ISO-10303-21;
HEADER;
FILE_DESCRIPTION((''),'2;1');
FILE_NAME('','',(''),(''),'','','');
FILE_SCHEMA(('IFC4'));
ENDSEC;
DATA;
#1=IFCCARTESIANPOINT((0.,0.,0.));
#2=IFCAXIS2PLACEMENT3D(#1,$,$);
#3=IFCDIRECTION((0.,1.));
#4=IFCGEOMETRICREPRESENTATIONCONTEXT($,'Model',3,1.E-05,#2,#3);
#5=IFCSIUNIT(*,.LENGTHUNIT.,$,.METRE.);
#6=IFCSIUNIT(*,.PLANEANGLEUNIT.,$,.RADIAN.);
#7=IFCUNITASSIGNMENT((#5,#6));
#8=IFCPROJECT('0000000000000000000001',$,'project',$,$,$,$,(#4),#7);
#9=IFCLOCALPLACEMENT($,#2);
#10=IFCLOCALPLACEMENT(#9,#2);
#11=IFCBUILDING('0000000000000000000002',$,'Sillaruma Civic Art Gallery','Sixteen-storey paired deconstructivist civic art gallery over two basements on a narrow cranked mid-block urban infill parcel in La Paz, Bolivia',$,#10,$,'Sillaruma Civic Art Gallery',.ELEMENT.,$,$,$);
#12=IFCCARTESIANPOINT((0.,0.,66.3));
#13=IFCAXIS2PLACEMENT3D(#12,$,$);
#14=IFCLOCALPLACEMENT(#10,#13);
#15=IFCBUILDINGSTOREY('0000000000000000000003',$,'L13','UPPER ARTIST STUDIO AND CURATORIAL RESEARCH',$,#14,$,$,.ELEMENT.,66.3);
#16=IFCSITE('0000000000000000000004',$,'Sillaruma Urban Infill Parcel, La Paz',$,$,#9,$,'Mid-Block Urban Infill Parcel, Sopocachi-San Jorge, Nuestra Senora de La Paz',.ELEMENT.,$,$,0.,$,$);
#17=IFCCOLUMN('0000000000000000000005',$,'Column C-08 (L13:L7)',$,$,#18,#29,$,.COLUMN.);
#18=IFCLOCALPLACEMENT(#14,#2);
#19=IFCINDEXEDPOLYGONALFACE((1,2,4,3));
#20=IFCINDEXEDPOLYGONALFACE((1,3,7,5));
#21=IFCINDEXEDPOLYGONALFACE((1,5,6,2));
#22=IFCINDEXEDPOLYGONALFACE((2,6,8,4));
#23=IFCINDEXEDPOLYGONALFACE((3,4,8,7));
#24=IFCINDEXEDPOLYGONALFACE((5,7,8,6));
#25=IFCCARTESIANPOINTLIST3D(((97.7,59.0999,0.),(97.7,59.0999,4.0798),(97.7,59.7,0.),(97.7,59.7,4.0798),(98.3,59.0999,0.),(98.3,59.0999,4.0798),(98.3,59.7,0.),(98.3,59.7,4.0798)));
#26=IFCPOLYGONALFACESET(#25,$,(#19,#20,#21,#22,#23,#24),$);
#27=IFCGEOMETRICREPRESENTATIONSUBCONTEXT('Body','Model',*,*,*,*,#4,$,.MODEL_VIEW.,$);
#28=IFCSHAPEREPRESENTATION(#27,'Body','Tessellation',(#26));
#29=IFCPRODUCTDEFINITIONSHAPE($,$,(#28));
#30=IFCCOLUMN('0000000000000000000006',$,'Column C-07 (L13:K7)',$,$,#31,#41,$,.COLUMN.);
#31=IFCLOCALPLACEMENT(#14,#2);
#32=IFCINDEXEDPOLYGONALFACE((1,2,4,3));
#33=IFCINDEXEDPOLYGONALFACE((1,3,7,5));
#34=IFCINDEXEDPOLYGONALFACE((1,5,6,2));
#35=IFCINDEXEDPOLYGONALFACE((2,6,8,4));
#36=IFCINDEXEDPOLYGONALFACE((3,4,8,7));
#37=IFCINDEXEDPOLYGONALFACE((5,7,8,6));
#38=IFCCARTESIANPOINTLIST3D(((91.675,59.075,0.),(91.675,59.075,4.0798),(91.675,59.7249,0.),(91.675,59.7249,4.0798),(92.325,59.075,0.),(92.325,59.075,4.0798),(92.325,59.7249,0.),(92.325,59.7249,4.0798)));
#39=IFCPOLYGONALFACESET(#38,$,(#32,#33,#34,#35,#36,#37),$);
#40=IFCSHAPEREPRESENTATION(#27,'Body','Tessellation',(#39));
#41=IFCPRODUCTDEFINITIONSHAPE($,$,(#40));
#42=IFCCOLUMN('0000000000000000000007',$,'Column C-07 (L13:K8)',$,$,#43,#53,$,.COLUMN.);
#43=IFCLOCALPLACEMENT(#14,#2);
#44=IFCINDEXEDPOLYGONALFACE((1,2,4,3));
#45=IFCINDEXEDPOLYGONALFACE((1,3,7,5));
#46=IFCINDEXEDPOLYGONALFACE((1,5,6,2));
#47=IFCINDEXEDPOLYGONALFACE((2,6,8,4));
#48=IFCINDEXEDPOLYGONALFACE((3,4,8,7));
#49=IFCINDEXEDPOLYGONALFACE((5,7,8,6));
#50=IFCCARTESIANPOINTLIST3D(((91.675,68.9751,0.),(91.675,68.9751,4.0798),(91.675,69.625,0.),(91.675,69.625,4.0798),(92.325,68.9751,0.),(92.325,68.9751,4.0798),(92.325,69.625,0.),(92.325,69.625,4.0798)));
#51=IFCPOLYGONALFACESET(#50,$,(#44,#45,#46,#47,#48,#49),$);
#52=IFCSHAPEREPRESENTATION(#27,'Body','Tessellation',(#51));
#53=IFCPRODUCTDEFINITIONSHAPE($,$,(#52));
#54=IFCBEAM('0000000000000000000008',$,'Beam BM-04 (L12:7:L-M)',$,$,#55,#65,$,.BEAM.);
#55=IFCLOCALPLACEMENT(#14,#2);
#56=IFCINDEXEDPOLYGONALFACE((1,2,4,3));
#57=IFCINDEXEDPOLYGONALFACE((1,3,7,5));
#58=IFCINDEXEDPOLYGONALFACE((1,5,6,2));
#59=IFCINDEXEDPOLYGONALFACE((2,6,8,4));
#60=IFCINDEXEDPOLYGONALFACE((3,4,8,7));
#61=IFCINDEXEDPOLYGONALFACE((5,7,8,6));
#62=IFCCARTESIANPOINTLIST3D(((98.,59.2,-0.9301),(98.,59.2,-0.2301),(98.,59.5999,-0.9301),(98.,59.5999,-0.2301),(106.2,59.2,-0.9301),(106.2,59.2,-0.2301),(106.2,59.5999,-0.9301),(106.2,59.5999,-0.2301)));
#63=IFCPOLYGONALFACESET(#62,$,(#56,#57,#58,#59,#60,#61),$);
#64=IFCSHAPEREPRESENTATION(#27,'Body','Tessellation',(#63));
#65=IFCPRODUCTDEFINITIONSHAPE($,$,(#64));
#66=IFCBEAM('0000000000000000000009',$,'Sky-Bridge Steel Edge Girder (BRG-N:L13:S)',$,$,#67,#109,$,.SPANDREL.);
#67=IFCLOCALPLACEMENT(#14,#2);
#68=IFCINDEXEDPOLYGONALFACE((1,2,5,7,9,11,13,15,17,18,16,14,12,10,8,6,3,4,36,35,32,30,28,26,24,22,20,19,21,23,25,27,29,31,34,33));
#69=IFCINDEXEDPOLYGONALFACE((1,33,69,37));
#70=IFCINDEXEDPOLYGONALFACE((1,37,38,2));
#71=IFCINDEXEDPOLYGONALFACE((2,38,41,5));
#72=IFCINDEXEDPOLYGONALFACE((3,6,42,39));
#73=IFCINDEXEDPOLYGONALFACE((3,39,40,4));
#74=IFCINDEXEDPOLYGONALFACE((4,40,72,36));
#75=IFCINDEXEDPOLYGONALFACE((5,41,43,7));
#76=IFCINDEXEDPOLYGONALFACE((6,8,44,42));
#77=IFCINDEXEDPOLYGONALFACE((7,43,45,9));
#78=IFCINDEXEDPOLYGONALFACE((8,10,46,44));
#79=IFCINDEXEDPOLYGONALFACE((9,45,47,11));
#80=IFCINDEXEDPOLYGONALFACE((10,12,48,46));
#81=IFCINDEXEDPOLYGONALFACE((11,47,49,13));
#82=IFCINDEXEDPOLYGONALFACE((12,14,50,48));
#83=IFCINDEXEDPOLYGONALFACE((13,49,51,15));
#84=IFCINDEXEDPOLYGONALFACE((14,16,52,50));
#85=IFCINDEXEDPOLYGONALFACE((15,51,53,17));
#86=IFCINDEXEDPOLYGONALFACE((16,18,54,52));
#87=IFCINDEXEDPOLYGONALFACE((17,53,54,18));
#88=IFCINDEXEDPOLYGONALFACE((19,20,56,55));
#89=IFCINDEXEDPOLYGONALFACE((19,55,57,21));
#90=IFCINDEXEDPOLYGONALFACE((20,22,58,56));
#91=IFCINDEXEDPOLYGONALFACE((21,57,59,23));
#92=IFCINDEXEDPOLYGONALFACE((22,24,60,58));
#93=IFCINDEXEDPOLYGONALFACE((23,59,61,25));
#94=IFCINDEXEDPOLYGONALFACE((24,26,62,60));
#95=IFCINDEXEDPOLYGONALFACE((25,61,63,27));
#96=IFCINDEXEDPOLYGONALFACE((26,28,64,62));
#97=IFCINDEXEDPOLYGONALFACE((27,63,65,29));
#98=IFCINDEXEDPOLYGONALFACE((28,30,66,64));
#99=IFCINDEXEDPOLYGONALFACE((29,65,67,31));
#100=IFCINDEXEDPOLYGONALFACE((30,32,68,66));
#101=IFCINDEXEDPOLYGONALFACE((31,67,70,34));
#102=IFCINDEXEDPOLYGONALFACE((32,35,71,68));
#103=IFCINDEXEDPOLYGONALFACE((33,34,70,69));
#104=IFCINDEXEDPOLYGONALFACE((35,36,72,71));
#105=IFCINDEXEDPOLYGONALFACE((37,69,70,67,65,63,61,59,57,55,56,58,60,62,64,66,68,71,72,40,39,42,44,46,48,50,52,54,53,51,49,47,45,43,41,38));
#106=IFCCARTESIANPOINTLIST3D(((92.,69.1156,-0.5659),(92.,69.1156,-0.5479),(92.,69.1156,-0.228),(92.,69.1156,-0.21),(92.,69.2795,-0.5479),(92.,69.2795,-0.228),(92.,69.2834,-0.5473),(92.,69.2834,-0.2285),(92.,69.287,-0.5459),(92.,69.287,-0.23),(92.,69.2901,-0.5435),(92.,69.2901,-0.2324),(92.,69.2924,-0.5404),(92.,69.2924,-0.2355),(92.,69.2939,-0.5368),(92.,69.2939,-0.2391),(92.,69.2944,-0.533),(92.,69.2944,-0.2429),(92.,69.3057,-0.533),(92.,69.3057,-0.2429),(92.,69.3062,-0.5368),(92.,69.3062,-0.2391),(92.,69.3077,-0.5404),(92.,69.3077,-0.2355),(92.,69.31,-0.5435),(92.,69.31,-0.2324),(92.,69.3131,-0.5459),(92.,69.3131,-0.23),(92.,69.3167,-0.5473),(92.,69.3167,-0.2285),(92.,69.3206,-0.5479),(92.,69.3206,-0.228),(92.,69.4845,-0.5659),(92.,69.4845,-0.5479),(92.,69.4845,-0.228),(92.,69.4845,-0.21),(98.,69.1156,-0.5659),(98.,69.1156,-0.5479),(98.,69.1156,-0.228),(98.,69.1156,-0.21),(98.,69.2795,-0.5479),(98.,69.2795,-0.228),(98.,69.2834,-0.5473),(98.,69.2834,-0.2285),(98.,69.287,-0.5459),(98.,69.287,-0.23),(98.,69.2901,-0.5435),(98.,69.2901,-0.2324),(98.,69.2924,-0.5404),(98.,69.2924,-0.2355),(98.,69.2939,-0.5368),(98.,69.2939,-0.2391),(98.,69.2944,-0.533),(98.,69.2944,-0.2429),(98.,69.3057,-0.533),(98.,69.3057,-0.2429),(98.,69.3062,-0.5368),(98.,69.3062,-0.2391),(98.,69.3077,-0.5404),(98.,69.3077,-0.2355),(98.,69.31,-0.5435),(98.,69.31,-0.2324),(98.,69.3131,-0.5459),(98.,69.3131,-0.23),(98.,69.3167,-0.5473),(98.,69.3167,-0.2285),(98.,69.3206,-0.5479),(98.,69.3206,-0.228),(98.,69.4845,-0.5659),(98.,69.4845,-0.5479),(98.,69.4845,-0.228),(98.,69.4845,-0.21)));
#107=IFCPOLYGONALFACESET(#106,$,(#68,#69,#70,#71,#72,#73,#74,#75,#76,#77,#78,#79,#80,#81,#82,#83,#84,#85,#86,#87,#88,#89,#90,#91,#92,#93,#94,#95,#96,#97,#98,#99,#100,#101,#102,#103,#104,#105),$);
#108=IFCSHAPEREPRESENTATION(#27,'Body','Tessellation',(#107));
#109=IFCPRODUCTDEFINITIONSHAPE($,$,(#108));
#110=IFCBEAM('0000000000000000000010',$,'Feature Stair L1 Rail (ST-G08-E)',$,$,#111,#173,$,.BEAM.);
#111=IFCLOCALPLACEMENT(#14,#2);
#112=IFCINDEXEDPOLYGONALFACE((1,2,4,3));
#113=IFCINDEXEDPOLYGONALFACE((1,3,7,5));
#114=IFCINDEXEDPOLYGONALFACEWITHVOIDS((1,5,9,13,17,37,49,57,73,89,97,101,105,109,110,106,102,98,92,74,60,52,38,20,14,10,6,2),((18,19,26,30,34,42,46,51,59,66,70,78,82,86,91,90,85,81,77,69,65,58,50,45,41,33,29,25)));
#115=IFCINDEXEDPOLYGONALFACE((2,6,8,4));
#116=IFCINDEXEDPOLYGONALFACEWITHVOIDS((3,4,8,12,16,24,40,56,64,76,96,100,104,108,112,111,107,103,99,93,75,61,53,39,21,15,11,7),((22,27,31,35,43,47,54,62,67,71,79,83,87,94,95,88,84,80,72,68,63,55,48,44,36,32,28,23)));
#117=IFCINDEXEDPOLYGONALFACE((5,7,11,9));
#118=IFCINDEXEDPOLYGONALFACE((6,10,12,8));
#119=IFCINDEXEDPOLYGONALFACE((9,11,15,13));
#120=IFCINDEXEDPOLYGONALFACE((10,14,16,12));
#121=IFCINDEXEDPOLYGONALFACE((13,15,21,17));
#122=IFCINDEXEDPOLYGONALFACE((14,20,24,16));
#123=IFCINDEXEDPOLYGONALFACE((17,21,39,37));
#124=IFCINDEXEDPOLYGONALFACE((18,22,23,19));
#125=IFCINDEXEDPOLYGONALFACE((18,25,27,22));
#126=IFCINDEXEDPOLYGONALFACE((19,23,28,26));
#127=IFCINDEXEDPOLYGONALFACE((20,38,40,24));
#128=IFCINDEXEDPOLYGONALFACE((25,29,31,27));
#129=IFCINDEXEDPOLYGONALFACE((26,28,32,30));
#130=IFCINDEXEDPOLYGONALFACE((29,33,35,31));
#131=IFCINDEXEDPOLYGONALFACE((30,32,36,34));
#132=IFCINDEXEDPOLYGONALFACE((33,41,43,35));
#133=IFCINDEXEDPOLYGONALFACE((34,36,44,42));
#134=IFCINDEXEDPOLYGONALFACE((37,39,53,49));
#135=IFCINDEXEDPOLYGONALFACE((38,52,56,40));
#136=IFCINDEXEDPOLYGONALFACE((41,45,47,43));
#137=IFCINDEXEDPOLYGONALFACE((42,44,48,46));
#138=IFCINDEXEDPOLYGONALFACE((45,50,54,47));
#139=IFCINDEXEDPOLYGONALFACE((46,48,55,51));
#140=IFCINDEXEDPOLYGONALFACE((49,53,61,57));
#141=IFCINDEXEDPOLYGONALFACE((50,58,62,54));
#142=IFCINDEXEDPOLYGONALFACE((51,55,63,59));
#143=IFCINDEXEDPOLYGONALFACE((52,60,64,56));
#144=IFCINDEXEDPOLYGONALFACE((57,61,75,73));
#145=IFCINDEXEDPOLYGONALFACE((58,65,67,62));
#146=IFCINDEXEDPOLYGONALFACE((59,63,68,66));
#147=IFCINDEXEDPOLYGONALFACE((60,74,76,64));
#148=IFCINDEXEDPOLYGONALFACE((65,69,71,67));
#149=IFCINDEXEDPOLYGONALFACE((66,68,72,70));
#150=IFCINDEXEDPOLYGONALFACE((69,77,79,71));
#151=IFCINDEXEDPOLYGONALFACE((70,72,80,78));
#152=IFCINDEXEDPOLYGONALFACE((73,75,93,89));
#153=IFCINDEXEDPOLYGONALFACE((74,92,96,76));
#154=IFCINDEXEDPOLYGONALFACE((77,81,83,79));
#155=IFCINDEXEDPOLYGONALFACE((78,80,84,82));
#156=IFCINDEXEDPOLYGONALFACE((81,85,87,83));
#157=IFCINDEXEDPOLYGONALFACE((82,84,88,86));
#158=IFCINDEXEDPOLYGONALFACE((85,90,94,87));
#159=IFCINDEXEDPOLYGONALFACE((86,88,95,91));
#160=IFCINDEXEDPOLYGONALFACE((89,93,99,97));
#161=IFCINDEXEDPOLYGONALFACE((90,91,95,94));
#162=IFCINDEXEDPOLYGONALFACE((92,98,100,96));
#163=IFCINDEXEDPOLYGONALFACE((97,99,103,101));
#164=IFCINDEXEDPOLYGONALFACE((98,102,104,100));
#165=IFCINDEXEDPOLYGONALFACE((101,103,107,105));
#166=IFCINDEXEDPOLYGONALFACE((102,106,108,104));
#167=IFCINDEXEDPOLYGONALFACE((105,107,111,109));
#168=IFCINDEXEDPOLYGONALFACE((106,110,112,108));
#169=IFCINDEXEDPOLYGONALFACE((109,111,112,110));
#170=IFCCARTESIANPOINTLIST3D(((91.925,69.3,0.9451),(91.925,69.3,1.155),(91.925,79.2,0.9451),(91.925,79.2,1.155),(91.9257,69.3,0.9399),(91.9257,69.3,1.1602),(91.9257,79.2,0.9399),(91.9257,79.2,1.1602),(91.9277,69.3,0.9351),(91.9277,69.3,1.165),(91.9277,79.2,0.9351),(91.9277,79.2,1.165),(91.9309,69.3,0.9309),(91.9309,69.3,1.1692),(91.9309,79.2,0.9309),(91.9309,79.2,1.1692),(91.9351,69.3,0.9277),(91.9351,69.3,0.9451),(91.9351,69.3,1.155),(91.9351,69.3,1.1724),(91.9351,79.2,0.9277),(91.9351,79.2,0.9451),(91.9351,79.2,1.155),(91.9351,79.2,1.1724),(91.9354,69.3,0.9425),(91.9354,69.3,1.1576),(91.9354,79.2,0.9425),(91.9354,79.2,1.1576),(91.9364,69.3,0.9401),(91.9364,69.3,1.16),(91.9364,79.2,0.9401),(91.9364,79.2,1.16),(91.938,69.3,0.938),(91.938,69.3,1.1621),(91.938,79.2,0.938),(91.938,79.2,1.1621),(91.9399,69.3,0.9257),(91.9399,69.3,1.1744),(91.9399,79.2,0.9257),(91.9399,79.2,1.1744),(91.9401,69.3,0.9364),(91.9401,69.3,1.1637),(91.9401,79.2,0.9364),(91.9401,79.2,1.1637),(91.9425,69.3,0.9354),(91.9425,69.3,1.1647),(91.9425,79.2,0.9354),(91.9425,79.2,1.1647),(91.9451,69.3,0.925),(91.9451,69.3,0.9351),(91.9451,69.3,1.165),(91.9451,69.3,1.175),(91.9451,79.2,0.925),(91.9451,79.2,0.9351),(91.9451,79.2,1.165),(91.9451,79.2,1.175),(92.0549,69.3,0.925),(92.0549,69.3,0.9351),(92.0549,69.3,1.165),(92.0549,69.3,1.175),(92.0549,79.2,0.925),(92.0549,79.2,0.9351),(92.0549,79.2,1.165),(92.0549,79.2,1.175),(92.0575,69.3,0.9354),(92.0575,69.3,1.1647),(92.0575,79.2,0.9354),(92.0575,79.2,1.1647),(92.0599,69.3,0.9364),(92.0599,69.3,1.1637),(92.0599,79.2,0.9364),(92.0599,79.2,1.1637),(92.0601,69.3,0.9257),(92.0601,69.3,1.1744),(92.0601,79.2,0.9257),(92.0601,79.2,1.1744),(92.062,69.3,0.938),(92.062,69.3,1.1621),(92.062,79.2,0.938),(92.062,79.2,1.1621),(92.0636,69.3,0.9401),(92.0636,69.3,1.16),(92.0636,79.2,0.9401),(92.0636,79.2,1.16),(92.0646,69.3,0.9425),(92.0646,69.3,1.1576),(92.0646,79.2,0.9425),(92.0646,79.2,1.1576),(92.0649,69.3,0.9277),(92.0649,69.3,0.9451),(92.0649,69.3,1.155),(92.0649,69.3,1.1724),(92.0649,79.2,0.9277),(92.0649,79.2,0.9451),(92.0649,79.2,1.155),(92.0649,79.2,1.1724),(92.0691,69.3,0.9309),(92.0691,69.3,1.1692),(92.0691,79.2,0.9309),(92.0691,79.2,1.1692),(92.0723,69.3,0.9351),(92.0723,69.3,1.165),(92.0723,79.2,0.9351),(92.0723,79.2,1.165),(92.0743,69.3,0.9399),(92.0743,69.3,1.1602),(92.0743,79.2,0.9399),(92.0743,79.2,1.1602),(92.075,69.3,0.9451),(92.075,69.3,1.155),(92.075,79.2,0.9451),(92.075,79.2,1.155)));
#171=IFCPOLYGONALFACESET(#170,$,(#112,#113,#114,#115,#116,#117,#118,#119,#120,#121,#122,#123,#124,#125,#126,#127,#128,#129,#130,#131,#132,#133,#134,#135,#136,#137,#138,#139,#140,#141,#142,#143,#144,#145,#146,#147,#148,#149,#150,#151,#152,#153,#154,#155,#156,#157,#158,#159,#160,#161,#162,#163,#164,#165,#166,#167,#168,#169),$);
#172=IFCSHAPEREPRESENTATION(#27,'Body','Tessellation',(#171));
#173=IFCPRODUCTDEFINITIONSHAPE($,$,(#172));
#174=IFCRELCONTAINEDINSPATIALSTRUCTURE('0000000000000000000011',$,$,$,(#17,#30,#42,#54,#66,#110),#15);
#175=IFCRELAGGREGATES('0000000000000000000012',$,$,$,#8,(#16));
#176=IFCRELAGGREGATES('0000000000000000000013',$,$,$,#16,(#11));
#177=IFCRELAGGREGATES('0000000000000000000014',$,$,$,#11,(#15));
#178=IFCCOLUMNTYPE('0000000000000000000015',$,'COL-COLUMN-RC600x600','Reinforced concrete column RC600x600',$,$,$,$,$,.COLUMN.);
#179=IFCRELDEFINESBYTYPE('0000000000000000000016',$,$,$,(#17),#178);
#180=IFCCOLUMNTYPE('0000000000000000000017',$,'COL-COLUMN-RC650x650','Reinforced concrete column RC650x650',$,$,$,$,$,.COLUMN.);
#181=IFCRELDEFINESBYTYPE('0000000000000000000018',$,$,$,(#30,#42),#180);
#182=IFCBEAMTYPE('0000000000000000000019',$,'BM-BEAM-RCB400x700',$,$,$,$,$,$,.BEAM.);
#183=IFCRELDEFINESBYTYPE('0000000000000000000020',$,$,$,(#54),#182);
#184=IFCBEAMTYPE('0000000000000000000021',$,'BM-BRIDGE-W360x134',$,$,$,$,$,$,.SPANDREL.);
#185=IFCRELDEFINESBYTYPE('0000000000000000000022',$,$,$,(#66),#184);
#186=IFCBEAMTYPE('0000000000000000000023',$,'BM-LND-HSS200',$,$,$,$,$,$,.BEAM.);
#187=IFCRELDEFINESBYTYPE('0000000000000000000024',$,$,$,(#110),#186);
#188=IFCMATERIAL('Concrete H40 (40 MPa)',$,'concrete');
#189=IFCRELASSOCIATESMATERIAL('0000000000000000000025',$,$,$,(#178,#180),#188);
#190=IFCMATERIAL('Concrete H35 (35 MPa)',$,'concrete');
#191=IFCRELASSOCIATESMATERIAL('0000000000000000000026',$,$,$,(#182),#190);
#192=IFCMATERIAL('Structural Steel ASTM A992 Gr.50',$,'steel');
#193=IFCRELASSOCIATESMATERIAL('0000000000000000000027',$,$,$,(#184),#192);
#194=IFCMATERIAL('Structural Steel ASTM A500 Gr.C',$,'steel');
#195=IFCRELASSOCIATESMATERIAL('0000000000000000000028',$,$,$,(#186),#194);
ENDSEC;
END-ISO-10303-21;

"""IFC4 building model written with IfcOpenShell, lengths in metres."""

from ifc_helpers import new_model, si_unit, direction, frame, origin, origin_2d, place, context, subcontext, project, spatial, rectangle, hollow_rectangle, i_section, extrude, material, material_profile, profile_set, type_object, element, save


model = new_model("IFC4")

# Units and contexts
model_context = context("Model", 3, precision=1e-05, world=origin(), true_north=direction((0.0, 1.0)))
body_context = subcontext(model_context, "Body", "Model", "MODEL_VIEW")
ifc_project = project(units=[si_unit("LENGTHUNIT", "METRE"), si_unit("PLANEANGLEUNIT", "RADIAN")], contexts=[model_context])

# Site, building, storey
site_placement = place(None, origin())
site = spatial("IfcSite", under=ifc_project, at=site_placement, Name="Sillaruma Urban Infill Parcel, La Paz", LongName="Mid-Block Urban Infill Parcel, Sopocachi-San Jorge, Nuestra Senora de La Paz", CompositionType="ELEMENT", RefElevation=0.0)
building_placement = place(site_placement, origin())
building = spatial("IfcBuilding", under=site, at=building_placement, Name="Sillaruma Civic Art Gallery", Description="Sixteen-storey paired deconstructivist civic art gallery over two basements on a narrow cranked mid-block urban infill parcel in La Paz, Bolivia", LongName="Sillaruma Civic Art Gallery", CompositionType="ELEMENT")
storey_placement = place(building_placement, frame((0.0, 0.0, 66.3)))
storey = spatial("IfcBuildingStorey", under=building, at=storey_placement, Name="L13", Description="UPPER ARTIST STUDIO AND CURATORIAL RESEARCH", CompositionType="ELEMENT", Elevation=66.3)

# Columns
ifc_material_1 = material(Name="Concrete H40 (40 MPa)", Category="concrete")
ifc_material_profile_1 = material_profile(ifc_material_1, rectangle(XDim=0.6001, YDim=0.6001, at=origin_2d()), Name="RC600x600")
ifc_profile_set_1 = profile_set([ifc_material_profile_1], Name="Concrete H40 (40 MPa)")
column_type_1 = type_object("IfcColumnType", Name="COL-COLUMN-RC600x600", Description="Reinforced concrete column RC600x600", PredefinedType="COLUMN", material=ifc_profile_set_1)
column_placement = place(storey_placement, frame((98.0, 59.3999, 0.0), z_axis=(0.0, 0.0, 1.0), x_axis=(1.0, 0.0, 0.0)))
element("IfcColumn", 1, at=column_placement, inside=storey, type_object=column_type_1, Name="Column C-08 (L13:L7)", PredefinedType="COLUMN", context=body_context, shape_type="SweptSolid", body=[
    extrude(rectangle(XDim=0.6001, YDim=0.6001, at=origin_2d()), origin(), (0.0, 0.0, 1.0), 4.0798),
])
ifc_material_profile_2 = material_profile(ifc_material_1, rectangle(XDim=0.6499, YDim=0.6499, at=origin_2d()), Name="RC650x650")
ifc_profile_set_2 = profile_set([ifc_material_profile_2], Name="Concrete H40 (40 MPa)")
column_type_2 = type_object("IfcColumnType", Name="COL-COLUMN-RC650x650", Description="Reinforced concrete column RC650x650", PredefinedType="COLUMN", material=ifc_profile_set_2)
for number, where, z_axis, x_axis, name in (
    (2, (92.0, 59.3999, 0.0), (0.0, 0.0, 1.0), (1.0, 0.0, 0.0), "Column C-07 (L13:K7)"),
    (3, (92.0, 69.3, 0.0), (0.0, 0.0, 1.0), (1.0, 0.0, 0.0), "Column C-07 (L13:K8)"),
):
    element("IfcColumn", number, at=place(storey_placement, frame(where, z_axis=z_axis, x_axis=x_axis)), inside=storey, type_object=column_type_2, Name=name, PredefinedType="COLUMN", context=body_context, shape_type="SweptSolid", body=[
        extrude(rectangle(XDim=0.6499, YDim=0.6499, at=origin_2d()), origin(), (0.0, 0.0, 1.0), 4.0798),
    ])

# Beams
ifc_material_2 = material(Name="Concrete H35 (35 MPa)", Category="concrete")
ifc_material_profile_3 = material_profile(ifc_material_2, rectangle(XDim=0.3999, YDim=0.7, at=origin_2d()), Name="RCB400x700")
ifc_profile_set_3 = profile_set([ifc_material_profile_3], Name="Concrete H35 (35 MPa)")
beam_type_1 = type_object("IfcBeamType", Name="BM-BEAM-RCB400x700", PredefinedType="BEAM", material=ifc_profile_set_3)
beam_1_placement = place(storey_placement, frame((98.0, 59.3999, -0.5801), z_axis=(1.0, 0.0, 0.0), x_axis=(0.0, 1.0, 0.0)))
element("IfcBeam", 4, at=beam_1_placement, inside=storey, type_object=beam_type_1, Name="Beam BM-04 (L12:7:L-M)", PredefinedType="BEAM", context=body_context, shape_type="SweptSolid", body=[
    extrude(rectangle(XDim=0.3999, YDim=0.7, at=origin_2d()), origin(), (0.0, 0.0, 1.0), 8.2),
])
ifc_material_3 = material(Name="Structural Steel ASTM A992 Gr.50", Category="steel")
ifc_material_profile_4 = material_profile(ifc_material_3, i_section(OverallWidth=0.3689, OverallDepth=0.356, WebThickness=0.0112, FlangeThickness=0.0181, FilletRadius=0.0149, at=origin_2d()), Name="W360x134")
ifc_profile_set_4 = profile_set([ifc_material_profile_4], Name="Structural Steel ASTM A992 Gr.50")
beam_type_2 = type_object("IfcBeamType", Name="BM-BRIDGE-W360x134", PredefinedType="SPANDREL", material=ifc_profile_set_4)
beam_2_placement = place(storey_placement, frame((92.0, 69.3, -0.3879), z_axis=(1.0, 0.0, 0.0), x_axis=(0.0, 1.0, 0.0)))
element("IfcBeam", 5, at=beam_2_placement, inside=storey, type_object=beam_type_2, Name="Sky-Bridge Steel Edge Girder (BRG-N:L13:S)", PredefinedType="SPANDREL", context=body_context, shape_type="SweptSolid", body=[
    extrude(i_section(OverallWidth=0.3689, OverallDepth=0.356, WebThickness=0.0112, FlangeThickness=0.0181, FilletRadius=0.0149, at=origin_2d()), origin(), (0.0, 0.0, 1.0), 6.0),
])
ifc_material_4 = material(Name="Structural Steel ASTM A500 Gr.C", Category="steel")
ifc_material_profile_5 = material_profile(ifc_material_4, hollow_rectangle(XDim=0.1499, YDim=0.25, WallThickness=0.01, InnerFilletRadius=0.01, OuterFilletRadius=0.02, at=origin_2d()), Name="HSS250x150x10")
ifc_profile_set_5 = profile_set([ifc_material_profile_5], Name="Structural Steel ASTM A500 Gr.C")
beam_type_3 = type_object("IfcBeamType", Name="BM-LND-HSS200", PredefinedType="BEAM", material=ifc_profile_set_5)
for number, where, z_axis, x_axis, name in (
    (6, (92.0, 69.3, 1.05), (0.0, 1.0, 0.0), (-1.0, 0.0, 0.0), "Feature Stair L1 Rail (ST-G08-E)"),
):
    element("IfcBeam", number, at=place(storey_placement, frame(where, z_axis=z_axis, x_axis=x_axis)), inside=storey, type_object=beam_type_3, Name=name, PredefinedType="BEAM", context=body_context, shape_type="SweptSolid", body=[
        extrude(hollow_rectangle(XDim=0.1499, YDim=0.25, WallThickness=0.01, InnerFilletRadius=0.01, OuterFilletRadius=0.02, at=origin_2d()), origin(), (0.0, 0.0, 1.0), 9.8999),
    ])

save(model, "model.ifc")
